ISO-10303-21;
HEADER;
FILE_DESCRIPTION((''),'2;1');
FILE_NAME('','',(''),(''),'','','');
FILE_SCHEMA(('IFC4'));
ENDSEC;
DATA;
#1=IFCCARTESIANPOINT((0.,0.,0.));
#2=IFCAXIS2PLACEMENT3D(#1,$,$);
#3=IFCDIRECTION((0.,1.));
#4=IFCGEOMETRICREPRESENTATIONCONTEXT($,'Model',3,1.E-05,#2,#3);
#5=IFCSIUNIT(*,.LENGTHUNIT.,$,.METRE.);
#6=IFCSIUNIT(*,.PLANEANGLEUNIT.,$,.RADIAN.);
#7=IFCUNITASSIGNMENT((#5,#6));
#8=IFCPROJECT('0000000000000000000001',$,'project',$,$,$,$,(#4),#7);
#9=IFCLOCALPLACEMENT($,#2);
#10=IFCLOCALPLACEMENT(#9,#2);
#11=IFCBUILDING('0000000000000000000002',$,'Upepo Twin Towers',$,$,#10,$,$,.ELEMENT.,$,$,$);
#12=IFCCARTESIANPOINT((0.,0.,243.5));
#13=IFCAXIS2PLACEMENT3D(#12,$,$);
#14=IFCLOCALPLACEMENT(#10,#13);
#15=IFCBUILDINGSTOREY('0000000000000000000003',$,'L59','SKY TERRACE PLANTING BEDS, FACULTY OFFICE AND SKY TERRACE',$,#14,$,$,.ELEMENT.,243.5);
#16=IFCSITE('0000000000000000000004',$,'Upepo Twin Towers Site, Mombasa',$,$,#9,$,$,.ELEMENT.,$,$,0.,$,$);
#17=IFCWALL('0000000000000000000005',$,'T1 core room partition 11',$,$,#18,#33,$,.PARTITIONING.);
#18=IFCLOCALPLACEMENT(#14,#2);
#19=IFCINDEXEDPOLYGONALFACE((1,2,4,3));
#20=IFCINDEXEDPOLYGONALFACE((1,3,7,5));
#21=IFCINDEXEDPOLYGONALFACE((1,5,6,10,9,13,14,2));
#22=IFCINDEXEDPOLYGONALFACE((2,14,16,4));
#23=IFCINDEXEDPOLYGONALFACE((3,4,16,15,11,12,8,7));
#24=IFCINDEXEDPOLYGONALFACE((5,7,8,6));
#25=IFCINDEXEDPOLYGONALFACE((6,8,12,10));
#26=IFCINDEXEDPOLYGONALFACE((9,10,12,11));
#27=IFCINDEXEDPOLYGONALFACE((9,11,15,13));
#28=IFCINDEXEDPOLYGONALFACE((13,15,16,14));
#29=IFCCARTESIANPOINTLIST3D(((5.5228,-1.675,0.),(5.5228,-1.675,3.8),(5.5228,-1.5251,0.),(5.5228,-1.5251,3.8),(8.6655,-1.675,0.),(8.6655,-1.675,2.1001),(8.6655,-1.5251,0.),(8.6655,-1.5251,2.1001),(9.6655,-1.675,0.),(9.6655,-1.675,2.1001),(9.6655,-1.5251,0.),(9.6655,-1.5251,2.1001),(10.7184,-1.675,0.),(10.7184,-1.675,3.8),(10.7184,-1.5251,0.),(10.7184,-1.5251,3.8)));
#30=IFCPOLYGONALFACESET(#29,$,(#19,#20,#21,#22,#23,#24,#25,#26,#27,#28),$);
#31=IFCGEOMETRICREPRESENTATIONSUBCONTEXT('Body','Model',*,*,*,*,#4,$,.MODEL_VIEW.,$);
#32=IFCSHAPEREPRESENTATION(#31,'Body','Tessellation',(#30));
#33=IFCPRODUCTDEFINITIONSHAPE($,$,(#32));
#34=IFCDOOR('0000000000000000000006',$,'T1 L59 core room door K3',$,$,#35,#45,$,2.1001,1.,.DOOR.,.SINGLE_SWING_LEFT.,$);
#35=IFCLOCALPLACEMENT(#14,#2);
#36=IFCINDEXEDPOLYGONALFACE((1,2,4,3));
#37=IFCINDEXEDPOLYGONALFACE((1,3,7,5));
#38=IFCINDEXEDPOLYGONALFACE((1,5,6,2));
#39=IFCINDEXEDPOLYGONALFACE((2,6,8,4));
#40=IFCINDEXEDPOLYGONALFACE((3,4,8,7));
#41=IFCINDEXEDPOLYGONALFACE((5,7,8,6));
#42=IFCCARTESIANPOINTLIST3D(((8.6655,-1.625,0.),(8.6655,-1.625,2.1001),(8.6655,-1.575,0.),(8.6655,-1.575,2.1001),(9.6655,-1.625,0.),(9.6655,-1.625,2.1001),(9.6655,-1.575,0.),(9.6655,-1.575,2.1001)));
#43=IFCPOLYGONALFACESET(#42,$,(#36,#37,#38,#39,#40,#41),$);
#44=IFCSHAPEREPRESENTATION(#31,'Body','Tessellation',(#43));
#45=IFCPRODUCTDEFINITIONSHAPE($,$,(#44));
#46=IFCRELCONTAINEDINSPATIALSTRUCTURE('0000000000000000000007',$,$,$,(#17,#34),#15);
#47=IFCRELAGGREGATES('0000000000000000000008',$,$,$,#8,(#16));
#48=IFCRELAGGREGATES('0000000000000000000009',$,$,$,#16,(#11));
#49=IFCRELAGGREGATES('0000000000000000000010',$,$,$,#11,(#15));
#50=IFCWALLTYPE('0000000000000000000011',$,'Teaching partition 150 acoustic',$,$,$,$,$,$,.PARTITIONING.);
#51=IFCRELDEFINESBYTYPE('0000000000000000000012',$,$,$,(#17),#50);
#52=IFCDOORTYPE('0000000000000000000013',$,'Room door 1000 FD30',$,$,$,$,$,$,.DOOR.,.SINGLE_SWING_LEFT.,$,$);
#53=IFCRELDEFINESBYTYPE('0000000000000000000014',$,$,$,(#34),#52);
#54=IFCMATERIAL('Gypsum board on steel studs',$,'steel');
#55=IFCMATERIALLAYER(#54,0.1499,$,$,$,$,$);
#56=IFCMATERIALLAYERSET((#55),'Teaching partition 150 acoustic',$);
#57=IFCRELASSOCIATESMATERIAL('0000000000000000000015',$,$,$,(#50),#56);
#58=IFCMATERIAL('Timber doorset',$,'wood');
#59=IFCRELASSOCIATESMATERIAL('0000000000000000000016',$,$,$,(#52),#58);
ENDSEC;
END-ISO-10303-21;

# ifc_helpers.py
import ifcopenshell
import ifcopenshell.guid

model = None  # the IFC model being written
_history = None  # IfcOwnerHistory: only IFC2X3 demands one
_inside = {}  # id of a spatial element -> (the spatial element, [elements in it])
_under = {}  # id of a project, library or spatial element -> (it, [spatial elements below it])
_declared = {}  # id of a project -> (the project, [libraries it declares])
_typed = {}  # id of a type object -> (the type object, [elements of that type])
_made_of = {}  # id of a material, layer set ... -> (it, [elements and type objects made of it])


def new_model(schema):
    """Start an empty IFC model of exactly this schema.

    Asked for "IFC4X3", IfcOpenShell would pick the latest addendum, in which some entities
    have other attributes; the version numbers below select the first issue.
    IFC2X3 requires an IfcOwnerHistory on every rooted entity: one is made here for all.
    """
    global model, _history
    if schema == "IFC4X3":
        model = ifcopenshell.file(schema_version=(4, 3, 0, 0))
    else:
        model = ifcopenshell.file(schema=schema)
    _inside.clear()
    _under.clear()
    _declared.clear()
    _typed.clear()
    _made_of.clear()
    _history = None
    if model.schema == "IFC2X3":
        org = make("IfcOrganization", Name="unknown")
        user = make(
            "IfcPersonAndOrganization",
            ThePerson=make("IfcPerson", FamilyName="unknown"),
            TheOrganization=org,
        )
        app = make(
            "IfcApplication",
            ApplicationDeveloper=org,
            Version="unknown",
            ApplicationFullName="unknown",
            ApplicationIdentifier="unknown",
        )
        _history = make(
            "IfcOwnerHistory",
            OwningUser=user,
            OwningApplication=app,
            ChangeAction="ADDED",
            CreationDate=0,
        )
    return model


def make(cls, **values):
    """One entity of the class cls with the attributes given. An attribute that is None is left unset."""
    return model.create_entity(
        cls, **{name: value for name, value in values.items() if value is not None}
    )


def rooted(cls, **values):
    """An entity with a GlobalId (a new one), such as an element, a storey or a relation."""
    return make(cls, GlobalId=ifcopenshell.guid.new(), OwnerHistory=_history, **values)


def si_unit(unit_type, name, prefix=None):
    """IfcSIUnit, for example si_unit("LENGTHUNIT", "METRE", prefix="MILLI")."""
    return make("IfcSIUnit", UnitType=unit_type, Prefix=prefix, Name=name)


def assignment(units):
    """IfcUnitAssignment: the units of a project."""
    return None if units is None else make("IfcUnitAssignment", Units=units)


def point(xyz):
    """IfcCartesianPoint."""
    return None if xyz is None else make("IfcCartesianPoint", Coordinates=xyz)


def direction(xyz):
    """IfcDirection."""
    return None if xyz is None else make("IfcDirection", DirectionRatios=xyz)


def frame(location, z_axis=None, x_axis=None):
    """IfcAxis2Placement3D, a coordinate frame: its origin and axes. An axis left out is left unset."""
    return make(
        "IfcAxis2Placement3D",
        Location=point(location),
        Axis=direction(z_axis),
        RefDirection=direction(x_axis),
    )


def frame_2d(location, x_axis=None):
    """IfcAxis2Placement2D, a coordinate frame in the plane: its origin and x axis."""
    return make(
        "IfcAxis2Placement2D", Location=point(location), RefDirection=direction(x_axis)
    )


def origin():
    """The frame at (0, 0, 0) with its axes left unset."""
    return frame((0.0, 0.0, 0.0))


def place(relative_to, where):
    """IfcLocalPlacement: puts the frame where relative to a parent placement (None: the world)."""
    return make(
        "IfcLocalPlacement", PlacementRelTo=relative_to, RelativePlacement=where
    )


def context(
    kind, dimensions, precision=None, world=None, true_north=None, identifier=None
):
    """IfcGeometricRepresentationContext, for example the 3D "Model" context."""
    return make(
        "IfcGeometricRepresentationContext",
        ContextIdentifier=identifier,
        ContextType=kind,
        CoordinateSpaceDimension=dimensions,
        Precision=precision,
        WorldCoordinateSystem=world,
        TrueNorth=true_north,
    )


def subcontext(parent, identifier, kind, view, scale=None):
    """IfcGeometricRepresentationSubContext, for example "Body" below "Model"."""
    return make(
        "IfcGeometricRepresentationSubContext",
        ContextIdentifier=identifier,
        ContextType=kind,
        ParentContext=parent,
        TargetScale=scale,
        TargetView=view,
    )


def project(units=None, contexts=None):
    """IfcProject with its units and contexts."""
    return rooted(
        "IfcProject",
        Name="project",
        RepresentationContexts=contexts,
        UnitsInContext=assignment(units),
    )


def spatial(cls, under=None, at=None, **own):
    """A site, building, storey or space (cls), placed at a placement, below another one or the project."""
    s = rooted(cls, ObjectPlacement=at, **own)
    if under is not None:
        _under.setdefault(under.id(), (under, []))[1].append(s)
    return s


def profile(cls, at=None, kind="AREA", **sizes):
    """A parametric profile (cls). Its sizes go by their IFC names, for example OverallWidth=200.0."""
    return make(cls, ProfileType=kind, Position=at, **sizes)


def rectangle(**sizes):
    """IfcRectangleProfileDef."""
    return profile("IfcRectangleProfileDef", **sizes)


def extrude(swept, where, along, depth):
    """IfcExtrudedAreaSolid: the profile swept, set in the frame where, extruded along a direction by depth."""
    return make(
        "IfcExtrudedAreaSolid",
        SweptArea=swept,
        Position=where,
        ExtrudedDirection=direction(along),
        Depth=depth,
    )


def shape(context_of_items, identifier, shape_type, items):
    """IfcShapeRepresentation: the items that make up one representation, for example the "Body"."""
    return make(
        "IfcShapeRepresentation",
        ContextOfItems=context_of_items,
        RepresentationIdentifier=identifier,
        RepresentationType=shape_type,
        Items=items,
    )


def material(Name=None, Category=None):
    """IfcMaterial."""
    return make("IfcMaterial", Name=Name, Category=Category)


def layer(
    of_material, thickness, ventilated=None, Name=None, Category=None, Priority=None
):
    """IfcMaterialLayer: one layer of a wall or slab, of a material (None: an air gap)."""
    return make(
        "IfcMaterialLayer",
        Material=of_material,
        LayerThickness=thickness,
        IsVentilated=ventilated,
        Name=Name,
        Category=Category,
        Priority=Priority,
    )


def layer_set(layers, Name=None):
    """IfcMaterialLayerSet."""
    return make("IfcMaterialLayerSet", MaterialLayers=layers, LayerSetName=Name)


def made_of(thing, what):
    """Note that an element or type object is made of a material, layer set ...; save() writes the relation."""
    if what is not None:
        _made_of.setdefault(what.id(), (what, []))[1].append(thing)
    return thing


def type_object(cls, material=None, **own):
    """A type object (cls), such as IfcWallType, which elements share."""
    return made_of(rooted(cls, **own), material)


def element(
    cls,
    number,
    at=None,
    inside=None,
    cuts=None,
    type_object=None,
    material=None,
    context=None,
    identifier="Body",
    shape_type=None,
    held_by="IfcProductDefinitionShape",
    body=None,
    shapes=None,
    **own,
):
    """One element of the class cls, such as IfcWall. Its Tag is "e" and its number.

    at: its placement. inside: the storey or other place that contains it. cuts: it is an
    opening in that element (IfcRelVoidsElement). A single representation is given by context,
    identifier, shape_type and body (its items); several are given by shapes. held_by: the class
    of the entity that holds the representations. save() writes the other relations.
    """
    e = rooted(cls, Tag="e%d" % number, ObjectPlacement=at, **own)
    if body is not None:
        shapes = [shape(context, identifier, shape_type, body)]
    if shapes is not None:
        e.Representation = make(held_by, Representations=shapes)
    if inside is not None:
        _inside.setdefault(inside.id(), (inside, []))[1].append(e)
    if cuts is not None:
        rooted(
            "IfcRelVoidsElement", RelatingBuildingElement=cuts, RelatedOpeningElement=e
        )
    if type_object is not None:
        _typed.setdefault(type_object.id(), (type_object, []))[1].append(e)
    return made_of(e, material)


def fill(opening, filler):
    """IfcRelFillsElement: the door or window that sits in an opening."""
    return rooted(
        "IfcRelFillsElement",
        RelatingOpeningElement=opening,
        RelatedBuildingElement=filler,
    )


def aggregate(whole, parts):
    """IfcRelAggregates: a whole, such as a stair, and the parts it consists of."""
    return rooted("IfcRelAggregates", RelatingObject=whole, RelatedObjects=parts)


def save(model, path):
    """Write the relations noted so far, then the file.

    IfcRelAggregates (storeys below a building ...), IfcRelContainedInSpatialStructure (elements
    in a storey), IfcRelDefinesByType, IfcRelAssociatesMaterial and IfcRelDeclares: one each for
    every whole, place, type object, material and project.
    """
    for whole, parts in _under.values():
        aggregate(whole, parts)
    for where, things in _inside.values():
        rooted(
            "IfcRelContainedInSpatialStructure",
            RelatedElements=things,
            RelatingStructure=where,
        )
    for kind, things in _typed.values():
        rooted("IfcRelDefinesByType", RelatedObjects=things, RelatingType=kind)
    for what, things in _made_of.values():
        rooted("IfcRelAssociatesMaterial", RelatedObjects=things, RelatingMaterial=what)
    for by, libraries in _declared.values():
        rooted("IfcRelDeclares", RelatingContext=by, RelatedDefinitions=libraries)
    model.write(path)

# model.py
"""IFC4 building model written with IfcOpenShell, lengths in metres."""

from ifc_helpers import new_model, si_unit, direction, frame, frame_2d, origin, place, context, subcontext, project, spatial, rectangle, extrude, material, layer, layer_set, type_object, element, fill, save


model = new_model("IFC4")

# Units and contexts
model_context = context("Model", 3, precision=1e-05, world=origin(), true_north=direction((0.0, 1.0)))
body_context = subcontext(model_context, "Body", "Model", "MODEL_VIEW")
ifc_project = project(units=[si_unit("LENGTHUNIT", "METRE"), si_unit("PLANEANGLEUNIT", "RADIAN")], contexts=[model_context])

# Site, building, storey
site_placement = place(None, origin())
site = spatial("IfcSite", under=ifc_project, at=site_placement, Name="Upepo Twin Towers Site, Mombasa", CompositionType="ELEMENT", RefElevation=0.0)
building_placement = place(site_placement, origin())
building = spatial("IfcBuilding", under=site, at=building_placement, Name="Upepo Twin Towers", CompositionType="ELEMENT")
storey_placement = place(building_placement, frame((0.0, 0.0, 243.5)))
storey = spatial("IfcBuildingStorey", under=building, at=storey_placement, Name="L59", Description="SKY TERRACE PLANTING BEDS, FACULTY OFFICE AND SKY TERRACE", CompositionType="ELEMENT", Elevation=243.5)

# Wall, opening, door
ifc_material_1 = material(Name="Gypsum board on steel studs", Category="steel")
ifc_layer_1 = layer(ifc_material_1, 0.1499)
ifc_layer_set_1 = layer_set([ifc_layer_1], Name="Teaching partition 150 acoustic")
wall_type_1 = type_object("IfcWallType", Name="Teaching partition 150 acoustic", PredefinedType="PARTITIONING", material=ifc_layer_set_1)
wall_1_placement = place(storey_placement, frame((10.7183, -1.6001, 0.0), z_axis=(0.0, 0.0, 1.0), x_axis=(-1.0, 0.0, 0.0)))
wall_1 = element("IfcWall", 1, at=wall_1_placement, inside=storey, type_object=wall_type_1, Name="T1 core room partition 11", PredefinedType="PARTITIONING", context=body_context, shape_type="SweptSolid", body=[
    extrude(rectangle(XDim=5.1956, YDim=0.1499, at=frame_2d((2.5977, 0.0))), origin(), (0.0, 0.0, 1.0), 3.8),
])
opening_1_placement = place(wall_1_placement, frame((1.0527, 0.0, 0.0)))
opening_1 = element("IfcOpeningElement", 2, at=opening_1_placement, cuts=wall_1, PredefinedType="OPENING", context=body_context, shape_type="SweptSolid", body=[
    extrude(rectangle(XDim=1.0, YDim=2.1001, at=frame_2d((0.5, 1.05))), frame((0.0, 0.085, 0.0), z_axis=(0.0, -1.0, 0.0), x_axis=(1.0, 0.0, 0.0)), (0.0, 0.0, 1.0), 0.1699),
])
ifc_material_2 = material(Name="Timber doorset", Category="wood")
door_type_1 = type_object("IfcDoorType", Name="Room door 1000 FD30", OperationType="SINGLE_SWING_LEFT", PredefinedType="DOOR", material=ifc_material_2)
door_1_placement = place(opening_1_placement, origin())
door_1 = element("IfcDoor", 3, at=door_1_placement, inside=storey, type_object=door_type_1, Name="T1 L59 core room door K3", OperationType="SINGLE_SWING_LEFT", OverallHeight=2.1001, OverallWidth=1.0, PredefinedType="DOOR", context=body_context, shape_type="SweptSolid", body=[
    extrude(rectangle(XDim=1.0, YDim=2.1001, at=frame_2d((0.5, 1.05))), frame((0.0, 0.0249, 0.0), z_axis=(0.0, -1.0, 0.0), x_axis=(1.0, 0.0, 0.0)), (0.0, 0.0, 1.0), 0.05),
])
fill(opening_1, door_1)

save(model, "model.ifc")
